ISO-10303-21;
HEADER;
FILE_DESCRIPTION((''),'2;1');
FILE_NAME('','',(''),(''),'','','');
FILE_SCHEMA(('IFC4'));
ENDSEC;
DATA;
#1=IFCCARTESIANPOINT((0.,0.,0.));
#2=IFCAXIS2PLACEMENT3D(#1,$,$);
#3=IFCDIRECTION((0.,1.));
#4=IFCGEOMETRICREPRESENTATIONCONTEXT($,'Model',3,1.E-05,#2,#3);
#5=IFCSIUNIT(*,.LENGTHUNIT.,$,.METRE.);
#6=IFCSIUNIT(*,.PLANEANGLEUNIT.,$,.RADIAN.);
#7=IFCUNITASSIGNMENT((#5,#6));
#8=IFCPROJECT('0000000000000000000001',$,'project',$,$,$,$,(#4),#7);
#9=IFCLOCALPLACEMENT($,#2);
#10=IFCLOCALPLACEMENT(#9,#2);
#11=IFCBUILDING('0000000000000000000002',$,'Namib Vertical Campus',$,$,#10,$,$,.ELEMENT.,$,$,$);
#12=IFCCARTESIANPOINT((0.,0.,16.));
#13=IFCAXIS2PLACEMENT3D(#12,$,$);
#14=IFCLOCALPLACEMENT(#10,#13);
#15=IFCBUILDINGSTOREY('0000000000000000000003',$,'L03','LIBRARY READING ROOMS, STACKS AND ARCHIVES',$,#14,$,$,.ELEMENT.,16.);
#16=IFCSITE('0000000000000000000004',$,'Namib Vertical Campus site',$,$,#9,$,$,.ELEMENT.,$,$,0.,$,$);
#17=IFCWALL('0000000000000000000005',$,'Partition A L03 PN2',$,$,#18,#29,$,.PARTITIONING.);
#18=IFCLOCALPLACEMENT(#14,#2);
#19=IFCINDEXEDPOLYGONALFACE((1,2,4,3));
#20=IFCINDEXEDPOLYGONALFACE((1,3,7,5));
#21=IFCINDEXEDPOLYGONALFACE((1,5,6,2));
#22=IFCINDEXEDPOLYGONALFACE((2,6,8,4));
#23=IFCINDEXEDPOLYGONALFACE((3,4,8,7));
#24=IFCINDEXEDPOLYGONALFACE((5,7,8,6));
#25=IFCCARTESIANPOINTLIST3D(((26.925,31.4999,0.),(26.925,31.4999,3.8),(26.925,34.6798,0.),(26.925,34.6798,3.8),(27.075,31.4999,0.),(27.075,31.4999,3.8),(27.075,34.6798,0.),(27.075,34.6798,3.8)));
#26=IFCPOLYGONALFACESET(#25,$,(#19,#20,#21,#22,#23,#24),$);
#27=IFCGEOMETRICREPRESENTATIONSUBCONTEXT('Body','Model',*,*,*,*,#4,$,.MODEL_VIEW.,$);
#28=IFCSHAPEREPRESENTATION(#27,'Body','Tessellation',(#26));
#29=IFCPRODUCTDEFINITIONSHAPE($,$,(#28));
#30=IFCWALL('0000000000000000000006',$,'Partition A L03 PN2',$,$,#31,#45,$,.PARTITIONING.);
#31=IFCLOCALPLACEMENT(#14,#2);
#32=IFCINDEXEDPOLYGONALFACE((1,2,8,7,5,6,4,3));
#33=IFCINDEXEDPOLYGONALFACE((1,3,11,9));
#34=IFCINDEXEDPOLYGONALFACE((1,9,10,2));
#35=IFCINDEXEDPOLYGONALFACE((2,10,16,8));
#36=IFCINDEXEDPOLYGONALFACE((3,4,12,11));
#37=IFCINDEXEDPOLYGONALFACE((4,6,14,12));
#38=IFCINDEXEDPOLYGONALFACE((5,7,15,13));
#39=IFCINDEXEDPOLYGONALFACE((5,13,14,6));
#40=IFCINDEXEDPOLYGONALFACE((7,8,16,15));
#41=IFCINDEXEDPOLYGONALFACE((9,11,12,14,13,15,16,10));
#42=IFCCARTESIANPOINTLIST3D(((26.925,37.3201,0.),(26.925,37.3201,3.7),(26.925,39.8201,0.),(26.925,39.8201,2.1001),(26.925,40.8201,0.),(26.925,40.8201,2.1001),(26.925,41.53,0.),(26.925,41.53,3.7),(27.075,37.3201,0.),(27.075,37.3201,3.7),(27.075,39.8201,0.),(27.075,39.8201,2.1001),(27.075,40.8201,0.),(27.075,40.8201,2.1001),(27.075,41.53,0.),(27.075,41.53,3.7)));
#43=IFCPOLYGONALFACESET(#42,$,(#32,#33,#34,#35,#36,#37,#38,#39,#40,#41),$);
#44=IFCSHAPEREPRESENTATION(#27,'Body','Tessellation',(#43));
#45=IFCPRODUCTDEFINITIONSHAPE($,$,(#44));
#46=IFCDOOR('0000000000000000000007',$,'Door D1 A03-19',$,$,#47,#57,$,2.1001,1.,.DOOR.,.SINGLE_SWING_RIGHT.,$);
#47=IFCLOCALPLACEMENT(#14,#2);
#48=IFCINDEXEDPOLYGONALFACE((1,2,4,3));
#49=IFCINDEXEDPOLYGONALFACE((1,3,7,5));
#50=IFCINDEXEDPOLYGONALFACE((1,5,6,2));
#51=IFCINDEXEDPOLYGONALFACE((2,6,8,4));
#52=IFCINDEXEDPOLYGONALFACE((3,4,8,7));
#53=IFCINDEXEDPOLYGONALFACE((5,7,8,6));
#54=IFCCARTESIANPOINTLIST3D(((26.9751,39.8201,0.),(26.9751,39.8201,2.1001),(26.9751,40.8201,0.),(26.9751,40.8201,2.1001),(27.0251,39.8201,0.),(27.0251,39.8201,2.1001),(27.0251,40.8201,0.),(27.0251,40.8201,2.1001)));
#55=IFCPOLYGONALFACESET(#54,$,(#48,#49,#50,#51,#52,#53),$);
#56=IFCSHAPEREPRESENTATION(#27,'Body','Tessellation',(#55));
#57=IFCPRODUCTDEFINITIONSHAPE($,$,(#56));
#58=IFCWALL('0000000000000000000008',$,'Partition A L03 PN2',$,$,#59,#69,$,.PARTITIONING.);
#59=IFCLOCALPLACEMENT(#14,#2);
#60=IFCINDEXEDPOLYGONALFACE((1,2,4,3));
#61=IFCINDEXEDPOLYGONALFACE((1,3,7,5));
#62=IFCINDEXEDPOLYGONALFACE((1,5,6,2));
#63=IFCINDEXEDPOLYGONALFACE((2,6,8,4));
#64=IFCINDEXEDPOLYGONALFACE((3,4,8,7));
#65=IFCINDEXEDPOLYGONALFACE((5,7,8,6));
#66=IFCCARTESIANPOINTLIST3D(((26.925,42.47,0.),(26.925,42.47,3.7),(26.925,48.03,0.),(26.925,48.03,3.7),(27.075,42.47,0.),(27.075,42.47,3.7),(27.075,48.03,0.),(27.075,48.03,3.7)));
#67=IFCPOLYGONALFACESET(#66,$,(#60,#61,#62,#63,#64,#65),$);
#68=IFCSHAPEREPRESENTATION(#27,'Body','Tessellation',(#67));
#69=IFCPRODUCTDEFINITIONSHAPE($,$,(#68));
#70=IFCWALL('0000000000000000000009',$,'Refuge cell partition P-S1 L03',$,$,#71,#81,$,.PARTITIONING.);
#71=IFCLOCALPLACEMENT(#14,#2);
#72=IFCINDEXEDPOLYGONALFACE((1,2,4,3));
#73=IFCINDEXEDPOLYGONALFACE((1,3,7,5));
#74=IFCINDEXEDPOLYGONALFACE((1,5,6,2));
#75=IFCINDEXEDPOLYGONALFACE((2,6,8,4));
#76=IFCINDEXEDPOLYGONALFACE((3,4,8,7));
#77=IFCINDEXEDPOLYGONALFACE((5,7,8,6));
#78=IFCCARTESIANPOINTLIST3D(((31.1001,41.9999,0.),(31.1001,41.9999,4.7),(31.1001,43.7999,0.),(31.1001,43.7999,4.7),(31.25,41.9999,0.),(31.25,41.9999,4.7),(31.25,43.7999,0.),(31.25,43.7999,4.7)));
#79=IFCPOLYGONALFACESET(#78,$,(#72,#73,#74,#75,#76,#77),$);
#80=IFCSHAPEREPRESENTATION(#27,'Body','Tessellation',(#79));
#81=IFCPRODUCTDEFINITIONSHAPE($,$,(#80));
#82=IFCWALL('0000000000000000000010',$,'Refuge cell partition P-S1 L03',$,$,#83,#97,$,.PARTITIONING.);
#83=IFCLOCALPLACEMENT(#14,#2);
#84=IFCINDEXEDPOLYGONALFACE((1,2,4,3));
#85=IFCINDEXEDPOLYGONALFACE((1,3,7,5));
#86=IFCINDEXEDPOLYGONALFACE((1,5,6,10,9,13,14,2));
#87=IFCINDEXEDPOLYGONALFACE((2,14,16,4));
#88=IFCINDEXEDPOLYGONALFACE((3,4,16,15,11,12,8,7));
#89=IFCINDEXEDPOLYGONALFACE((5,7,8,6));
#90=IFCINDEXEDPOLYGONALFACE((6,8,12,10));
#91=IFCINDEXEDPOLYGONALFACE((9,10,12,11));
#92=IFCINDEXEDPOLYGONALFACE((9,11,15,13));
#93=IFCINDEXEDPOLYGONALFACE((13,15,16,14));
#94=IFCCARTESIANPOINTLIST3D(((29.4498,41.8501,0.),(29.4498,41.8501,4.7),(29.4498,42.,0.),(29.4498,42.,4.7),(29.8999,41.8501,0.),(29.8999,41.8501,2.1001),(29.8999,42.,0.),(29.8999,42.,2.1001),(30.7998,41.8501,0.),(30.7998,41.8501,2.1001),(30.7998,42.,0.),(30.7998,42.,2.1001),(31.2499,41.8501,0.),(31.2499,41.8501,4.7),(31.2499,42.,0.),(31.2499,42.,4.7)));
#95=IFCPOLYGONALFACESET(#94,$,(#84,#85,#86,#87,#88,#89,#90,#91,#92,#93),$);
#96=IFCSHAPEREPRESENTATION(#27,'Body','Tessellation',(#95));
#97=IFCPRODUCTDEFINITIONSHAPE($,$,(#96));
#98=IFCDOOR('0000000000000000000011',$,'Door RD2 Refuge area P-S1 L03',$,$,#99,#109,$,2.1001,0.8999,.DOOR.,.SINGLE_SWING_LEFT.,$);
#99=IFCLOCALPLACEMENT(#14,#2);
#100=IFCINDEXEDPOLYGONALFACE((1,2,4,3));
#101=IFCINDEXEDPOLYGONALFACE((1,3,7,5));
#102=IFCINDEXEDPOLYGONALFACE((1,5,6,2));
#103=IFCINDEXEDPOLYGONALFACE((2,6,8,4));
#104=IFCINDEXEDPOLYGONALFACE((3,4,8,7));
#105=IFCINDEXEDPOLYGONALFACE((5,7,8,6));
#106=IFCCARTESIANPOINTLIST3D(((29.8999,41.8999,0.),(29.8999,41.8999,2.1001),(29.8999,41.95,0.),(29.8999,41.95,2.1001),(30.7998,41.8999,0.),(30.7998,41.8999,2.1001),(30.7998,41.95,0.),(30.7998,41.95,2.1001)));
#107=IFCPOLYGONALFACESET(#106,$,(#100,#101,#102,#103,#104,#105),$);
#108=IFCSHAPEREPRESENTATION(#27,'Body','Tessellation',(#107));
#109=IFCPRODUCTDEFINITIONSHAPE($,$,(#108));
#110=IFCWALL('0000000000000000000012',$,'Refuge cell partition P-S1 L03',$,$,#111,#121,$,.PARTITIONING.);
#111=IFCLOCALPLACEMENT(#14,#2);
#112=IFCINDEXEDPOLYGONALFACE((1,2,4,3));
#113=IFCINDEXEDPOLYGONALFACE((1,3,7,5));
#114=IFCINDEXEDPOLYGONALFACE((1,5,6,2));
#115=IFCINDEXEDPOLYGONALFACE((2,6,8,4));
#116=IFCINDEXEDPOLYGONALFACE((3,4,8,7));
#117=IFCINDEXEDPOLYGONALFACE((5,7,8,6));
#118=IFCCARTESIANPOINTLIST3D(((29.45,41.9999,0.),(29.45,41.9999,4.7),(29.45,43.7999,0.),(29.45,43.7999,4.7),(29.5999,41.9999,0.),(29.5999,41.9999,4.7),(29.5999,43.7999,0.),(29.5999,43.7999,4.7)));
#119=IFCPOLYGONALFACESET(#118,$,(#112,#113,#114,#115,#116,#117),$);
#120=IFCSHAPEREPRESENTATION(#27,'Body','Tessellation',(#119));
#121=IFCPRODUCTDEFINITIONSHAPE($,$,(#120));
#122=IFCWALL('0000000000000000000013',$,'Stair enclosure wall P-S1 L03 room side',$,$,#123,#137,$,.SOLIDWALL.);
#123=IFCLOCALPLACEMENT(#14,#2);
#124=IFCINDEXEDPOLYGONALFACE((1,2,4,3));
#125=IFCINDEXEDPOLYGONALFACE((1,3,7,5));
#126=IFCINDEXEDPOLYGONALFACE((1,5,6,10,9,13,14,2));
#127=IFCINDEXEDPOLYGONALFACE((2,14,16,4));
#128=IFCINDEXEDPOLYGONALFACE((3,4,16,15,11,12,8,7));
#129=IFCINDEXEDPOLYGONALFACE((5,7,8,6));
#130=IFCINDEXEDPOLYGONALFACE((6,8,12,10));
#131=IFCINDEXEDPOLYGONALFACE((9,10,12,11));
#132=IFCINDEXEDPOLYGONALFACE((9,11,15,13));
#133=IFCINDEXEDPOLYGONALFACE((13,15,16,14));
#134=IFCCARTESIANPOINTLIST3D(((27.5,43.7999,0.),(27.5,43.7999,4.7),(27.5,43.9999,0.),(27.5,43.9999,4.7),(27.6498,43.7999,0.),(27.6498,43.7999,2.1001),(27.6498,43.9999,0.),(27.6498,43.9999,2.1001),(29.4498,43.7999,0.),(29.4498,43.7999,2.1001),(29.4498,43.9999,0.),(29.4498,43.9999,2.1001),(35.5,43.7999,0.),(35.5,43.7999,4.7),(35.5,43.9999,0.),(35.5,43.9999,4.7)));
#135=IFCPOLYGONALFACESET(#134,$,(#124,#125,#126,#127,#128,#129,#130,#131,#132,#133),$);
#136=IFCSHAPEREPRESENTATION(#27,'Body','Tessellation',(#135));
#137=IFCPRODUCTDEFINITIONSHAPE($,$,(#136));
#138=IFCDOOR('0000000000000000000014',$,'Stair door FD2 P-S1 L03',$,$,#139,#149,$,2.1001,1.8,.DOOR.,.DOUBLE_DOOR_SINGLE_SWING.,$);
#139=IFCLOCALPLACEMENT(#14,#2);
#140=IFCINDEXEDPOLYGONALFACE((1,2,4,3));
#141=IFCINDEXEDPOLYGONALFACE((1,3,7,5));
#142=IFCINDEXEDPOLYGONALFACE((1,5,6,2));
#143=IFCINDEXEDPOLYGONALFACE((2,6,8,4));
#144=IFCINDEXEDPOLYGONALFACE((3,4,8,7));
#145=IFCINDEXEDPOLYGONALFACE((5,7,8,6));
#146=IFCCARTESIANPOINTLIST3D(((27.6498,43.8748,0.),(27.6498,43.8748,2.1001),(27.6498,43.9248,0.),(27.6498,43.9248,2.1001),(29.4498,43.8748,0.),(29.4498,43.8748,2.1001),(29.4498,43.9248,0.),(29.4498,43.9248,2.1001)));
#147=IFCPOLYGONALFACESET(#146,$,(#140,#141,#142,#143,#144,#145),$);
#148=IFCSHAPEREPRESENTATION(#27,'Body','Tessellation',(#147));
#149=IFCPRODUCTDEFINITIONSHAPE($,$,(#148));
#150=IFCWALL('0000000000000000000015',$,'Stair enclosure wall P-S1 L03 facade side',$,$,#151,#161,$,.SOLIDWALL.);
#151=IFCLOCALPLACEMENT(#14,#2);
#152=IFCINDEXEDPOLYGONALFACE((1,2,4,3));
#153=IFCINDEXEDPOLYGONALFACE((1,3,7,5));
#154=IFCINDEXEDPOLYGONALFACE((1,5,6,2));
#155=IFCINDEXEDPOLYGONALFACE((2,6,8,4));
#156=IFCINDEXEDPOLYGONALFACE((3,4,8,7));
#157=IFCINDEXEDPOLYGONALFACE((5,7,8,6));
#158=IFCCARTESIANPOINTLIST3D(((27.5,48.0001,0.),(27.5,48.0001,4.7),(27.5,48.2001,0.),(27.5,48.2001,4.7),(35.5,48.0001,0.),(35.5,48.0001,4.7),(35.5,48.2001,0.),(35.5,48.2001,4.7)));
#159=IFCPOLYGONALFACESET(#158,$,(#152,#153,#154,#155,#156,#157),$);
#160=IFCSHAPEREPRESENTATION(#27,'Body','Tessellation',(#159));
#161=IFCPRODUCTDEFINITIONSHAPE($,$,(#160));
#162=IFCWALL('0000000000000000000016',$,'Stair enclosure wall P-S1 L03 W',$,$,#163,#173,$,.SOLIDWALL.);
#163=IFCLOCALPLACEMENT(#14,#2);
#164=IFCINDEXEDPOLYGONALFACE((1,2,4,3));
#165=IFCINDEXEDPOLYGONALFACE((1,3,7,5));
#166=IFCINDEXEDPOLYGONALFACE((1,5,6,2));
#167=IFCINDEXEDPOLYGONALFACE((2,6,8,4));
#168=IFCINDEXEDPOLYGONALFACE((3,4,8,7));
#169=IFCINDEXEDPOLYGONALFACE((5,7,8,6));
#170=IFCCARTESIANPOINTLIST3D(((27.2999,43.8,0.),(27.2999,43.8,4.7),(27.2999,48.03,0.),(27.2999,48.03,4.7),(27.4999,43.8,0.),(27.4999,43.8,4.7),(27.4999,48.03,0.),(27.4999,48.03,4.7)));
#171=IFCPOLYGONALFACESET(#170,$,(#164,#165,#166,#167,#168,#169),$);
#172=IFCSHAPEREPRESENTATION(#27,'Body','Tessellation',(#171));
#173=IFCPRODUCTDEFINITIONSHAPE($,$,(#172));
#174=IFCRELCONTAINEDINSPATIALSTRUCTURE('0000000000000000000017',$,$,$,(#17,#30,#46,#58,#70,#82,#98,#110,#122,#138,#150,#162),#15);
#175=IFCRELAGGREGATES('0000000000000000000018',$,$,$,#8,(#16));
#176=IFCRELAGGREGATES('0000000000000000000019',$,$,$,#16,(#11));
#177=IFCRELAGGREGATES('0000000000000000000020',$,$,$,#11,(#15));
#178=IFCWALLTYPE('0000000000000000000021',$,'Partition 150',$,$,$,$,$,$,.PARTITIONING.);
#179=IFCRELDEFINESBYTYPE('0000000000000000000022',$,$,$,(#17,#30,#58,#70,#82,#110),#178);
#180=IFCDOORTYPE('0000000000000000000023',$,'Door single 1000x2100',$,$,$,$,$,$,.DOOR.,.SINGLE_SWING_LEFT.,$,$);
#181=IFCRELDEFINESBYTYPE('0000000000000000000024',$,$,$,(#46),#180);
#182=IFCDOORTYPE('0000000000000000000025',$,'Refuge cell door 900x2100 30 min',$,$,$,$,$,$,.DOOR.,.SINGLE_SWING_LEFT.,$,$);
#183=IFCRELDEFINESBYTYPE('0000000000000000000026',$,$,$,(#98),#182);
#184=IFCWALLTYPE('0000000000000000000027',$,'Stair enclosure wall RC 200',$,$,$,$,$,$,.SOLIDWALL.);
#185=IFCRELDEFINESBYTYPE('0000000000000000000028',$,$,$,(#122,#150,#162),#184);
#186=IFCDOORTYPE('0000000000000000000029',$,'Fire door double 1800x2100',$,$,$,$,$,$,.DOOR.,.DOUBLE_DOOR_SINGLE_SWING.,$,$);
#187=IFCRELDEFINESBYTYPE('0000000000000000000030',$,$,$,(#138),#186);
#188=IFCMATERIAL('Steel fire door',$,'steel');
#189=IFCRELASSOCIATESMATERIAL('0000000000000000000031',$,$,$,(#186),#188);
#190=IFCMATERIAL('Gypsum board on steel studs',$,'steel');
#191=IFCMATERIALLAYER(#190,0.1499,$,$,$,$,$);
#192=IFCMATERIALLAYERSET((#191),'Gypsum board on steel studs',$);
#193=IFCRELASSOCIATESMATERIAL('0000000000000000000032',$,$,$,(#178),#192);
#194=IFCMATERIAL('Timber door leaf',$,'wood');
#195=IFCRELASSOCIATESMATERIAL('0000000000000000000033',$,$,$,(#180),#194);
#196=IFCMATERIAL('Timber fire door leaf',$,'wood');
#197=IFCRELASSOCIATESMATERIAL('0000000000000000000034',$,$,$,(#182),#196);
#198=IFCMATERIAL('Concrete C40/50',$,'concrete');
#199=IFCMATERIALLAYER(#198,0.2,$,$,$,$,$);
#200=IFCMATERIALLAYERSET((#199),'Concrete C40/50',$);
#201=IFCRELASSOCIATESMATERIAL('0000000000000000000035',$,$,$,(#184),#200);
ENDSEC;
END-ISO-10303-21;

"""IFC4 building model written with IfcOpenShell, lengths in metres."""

from ifc_helpers import new_model, si_unit, direction, frame, frame_2d, origin, place, context, subcontext, project, spatial, rectangle, extrude, material, layer, layer_set, type_object, element, fill, save


model = new_model("IFC4")

# Units and contexts
model_context = context("Model", 3, precision=1e-05, world=origin(), true_north=direction((0.0, 1.0)))
body_context = subcontext(model_context, "Body", "Model", "MODEL_VIEW")
ifc_project = project(units=[si_unit("LENGTHUNIT", "METRE"), si_unit("PLANEANGLEUNIT", "RADIAN")], contexts=[model_context])

# Site, building, storey
site_placement = place(None, origin())
site = spatial("IfcSite", under=ifc_project, at=site_placement, Name="Namib Vertical Campus site", CompositionType="ELEMENT", RefElevation=0.0)
building_placement = place(site_placement, origin())
building = spatial("IfcBuilding", under=site, at=building_placement, Name="Namib Vertical Campus", CompositionType="ELEMENT")
storey_placement = place(building_placement, frame((0.0, 0.0, 16.0)))
storey = spatial("IfcBuildingStorey", under=building, at=storey_placement, Name="L03", Description="LIBRARY READING ROOMS, STACKS AND ARCHIVES", CompositionType="ELEMENT", Elevation=16.0)

# Shared definitions
ifc_material_1 = material(Name="Steel fire door", Category="steel")
door_type_1 = type_object("IfcDoorType", Name="Fire door double 1800x2100", OperationType="DOUBLE_DOOR_SINGLE_SWING", PredefinedType="DOOR", material=ifc_material_1)

# Wall
ifc_material_2 = material(Name="Gypsum board on steel studs", Category="steel")
ifc_layer_1 = layer(ifc_material_2, 0.1499)
ifc_layer_set_1 = layer_set([ifc_layer_1], Name="Gypsum board on steel studs")
wall_type_1 = type_object("IfcWallType", Name="Partition 150", PredefinedType="PARTITIONING", material=ifc_layer_set_1)
wall_1_placement = place(storey_placement, frame((27.0, 31.5, 0.0), z_axis=(0.0, 0.0, 1.0), x_axis=(0.0, 1.0, 0.0)))
element("IfcWall", 1, at=wall_1_placement, inside=storey, type_object=wall_type_1, Name="Partition A L03 PN2", PredefinedType="PARTITIONING", context=body_context, shape_type="SweptSolid", body=[
    extrude(rectangle(XDim=3.1799, YDim=0.1499, at=frame_2d((1.5898, 0.0))), origin(), (0.0, 0.0, 1.0), 3.8),
])

# Wall, opening, door
wall_2_placement = place(storey_placement, frame((27.0, 37.3201, 0.0), z_axis=(0.0, 0.0, 1.0), x_axis=(0.0, 1.0, 0.0)))
wall_2 = element("IfcWall", 2, at=wall_2_placement, inside=storey, type_object=wall_type_1, Name="Partition A L03 PN2", PredefinedType="PARTITIONING", context=body_context, shape_type="SweptSolid", body=[
    extrude(rectangle(XDim=4.21, YDim=0.1499, at=frame_2d((2.105, 0.0))), origin(), (0.0, 0.0, 1.0), 3.7),
])
opening_1_placement = place(wall_2_placement, frame((2.5, 0.0, 0.0)))
opening_1 = element("IfcOpeningElement", 3, at=opening_1_placement, cuts=wall_2, PredefinedType="OPENING", context=body_context, shape_type="SweptSolid", body=[
    extrude(rectangle(XDim=1.0, YDim=2.1001, at=frame_2d((0.5, 1.05))), frame((0.0, 0.085, 0.0), z_axis=(0.0, -1.0, 0.0), x_axis=(1.0, 0.0, 0.0)), (0.0, 0.0, 1.0), 0.1699),
])
ifc_material_3 = material(Name="Timber door leaf", Category="wood")
door_type_2 = type_object("IfcDoorType", Name="Door single 1000x2100", OperationType="SINGLE_SWING_LEFT", PredefinedType="DOOR", material=ifc_material_3)
door_1_placement = place(opening_1_placement, origin())
door_1 = element("IfcDoor", 4, at=door_1_placement, inside=storey, type_object=door_type_2, Name="Door D1 A03-19", OperationType="SINGLE_SWING_RIGHT", OverallHeight=2.1001, OverallWidth=1.0, PredefinedType="DOOR", context=body_context, shape_type="SweptSolid", body=[
    extrude(rectangle(XDim=1.0, YDim=2.1001, at=frame_2d((0.5, 1.05))), frame((0.0, 0.0249, 0.0), z_axis=(0.0, -1.0, 0.0), x_axis=(1.0, 0.0, 0.0)), (0.0, 0.0, 1.0), 0.05),
])
fill(opening_1, door_1)

# Walls
wall_3_placement = place(storey_placement, frame((27.0, 42.47, 0.0), z_axis=(0.0, 0.0, 1.0), x_axis=(0.0, 1.0, 0.0)))
element("IfcWall", 5, at=wall_3_placement, inside=storey, type_object=wall_type_1, Name="Partition A L03 PN2", PredefinedType="PARTITIONING", context=body_context, shape_type="SweptSolid", body=[
    extrude(rectangle(XDim=5.5601, YDim=0.1499, at=frame_2d((2.78, 0.0))), origin(), (0.0, 0.0, 1.0), 3.7),
])
wall_4_placement = place(storey_placement, frame((31.175, 42.0, 0.0), z_axis=(0.0, 0.0, 1.0), x_axis=(0.0, 1.0, 0.0)))
element("IfcWall", 6, at=wall_4_placement, inside=storey, type_object=wall_type_1, Name="Refuge cell partition P-S1 L03", PredefinedType="PARTITIONING", context=body_context, shape_type="SweptSolid", body=[
    extrude(rectangle(XDim=1.8, YDim=0.1499, at=frame_2d((0.8999, 0.0))), origin(), (0.0, 0.0, 1.0), 4.7),
])

# Wall, opening, door
wall_5_placement = place(storey_placement, frame((29.45, 41.925, 0.0), z_axis=(0.0, 0.0, 1.0), x_axis=(1.0, 0.0, 0.0)))
wall_5 = element("IfcWall", 7, at=wall_5_placement, inside=storey, type_object=wall_type_1, Name="Refuge cell partition P-S1 L03", PredefinedType="PARTITIONING", context=body_context, shape_type="SweptSolid", body=[
    extrude(rectangle(XDim=1.8, YDim=0.1499, at=frame_2d((0.8999, 0.0))), origin(), (0.0, 0.0, 1.0), 4.7),
])
opening_2_placement = place(wall_5_placement, frame((0.45, 0.0, 0.0)))
opening_2 = element("IfcOpeningElement", 8, at=opening_2_placement, cuts=wall_5, PredefinedType="OPENING", context=body_context, shape_type="SweptSolid", body=[
    extrude(rectangle(XDim=0.8999, YDim=2.1001, at=frame_2d((0.45, 1.05))), frame((0.0, 0.085, 0.0), z_axis=(0.0, -1.0, 0.0), x_axis=(1.0, 0.0, 0.0)), (0.0, 0.0, 1.0), 0.1699),
])
ifc_material_4 = material(Name="Timber fire door leaf", Category="wood")
door_type_3 = type_object("IfcDoorType", Name="Refuge cell door 900x2100 30 min", OperationType="SINGLE_SWING_LEFT", PredefinedType="DOOR", material=ifc_material_4)
door_2_placement = place(opening_2_placement, origin())
door_2 = element("IfcDoor", 9, at=door_2_placement, inside=storey, type_object=door_type_3, Name="Door RD2 Refuge area P-S1 L03", OperationType="SINGLE_SWING_LEFT", OverallHeight=2.1001, OverallWidth=0.8999, PredefinedType="DOOR", context=body_context, shape_type="SweptSolid", body=[
    extrude(rectangle(XDim=0.8999, YDim=2.1001, at=frame_2d((0.45, 1.05))), frame((0.0, 0.0249, 0.0), z_axis=(0.0, -1.0, 0.0), x_axis=(1.0, 0.0, 0.0)), (0.0, 0.0, 1.0), 0.05),
])
fill(opening_2, door_2)

# Wall
wall_6_placement = place(storey_placement, frame((29.5249, 42.0, 0.0), z_axis=(0.0, 0.0, 1.0), x_axis=(0.0, 1.0, 0.0)))
element("IfcWall", 10, at=wall_6_placement, inside=storey, type_object=wall_type_1, Name="Refuge cell partition P-S1 L03", PredefinedType="PARTITIONING", context=body_context, shape_type="SweptSolid", body=[
    extrude(rectangle(XDim=1.8, YDim=0.1499, at=frame_2d((0.8999, 0.0))), origin(), (0.0, 0.0, 1.0), 4.7),
])

# Wall, opening, door
ifc_material_5 = material(Name="Concrete C40/50", Category="concrete")
ifc_layer_2 = layer(ifc_material_5, 0.2)
ifc_layer_set_2 = layer_set([ifc_layer_2], Name="Concrete C40/50")
wall_type_2 = type_object("IfcWallType", Name="Stair enclosure wall RC 200", PredefinedType="SOLIDWALL", material=ifc_layer_set_2)
wall_7_placement = place(storey_placement, frame((27.5, 43.8999, 0.0), z_axis=(0.0, 0.0, 1.0), x_axis=(1.0, 0.0, 0.0)))
wall_7 = element("IfcWall", 11, at=wall_7_placement, inside=storey, type_object=wall_type_2, Name="Stair enclosure wall P-S1 L03 room side", PredefinedType="SOLIDWALL", context=body_context, shape_type="SweptSolid", body=[
    extrude(rectangle(XDim=8.0, YDim=0.2, at=frame_2d((4.0, 0.0))), origin(), (0.0, 0.0, 1.0), 4.7),
])
opening_3_placement = place(wall_7_placement, frame((0.1499, 0.0, 0.0)))
opening_3 = element("IfcOpeningElement", 12, at=opening_3_placement, cuts=wall_7, PredefinedType="OPENING", context=body_context, shape_type="SweptSolid", body=[
    extrude(rectangle(XDim=1.8, YDim=2.1001, at=frame_2d((0.8999, 1.05))), frame((0.0, 0.1099, 0.0), z_axis=(0.0, -1.0, 0.0), x_axis=(1.0, 0.0, 0.0)), (0.0, 0.0, 1.0), 0.22),
])
door_3_placement = place(opening_3_placement, origin())
door_3 = element("IfcDoor", 13, at=door_3_placement, inside=storey, type_object=door_type_1, Name="Stair door FD2 P-S1 L03", OperationType="DOUBLE_DOOR_SINGLE_SWING", OverallHeight=2.1001, OverallWidth=1.8, PredefinedType="DOOR", context=body_context, shape_type="SweptSolid", body=[
    extrude(rectangle(XDim=1.8, YDim=2.1001, at=frame_2d((0.8999, 1.05))), frame((0.0, 0.0249, 0.0), z_axis=(0.0, -1.0, 0.0), x_axis=(1.0, 0.0, 0.0)), (0.0, 0.0, 1.0), 0.05),
])
fill(opening_3, door_3)

# Walls
wall_8_placement = place(storey_placement, frame((27.5, 48.1001, 0.0), z_axis=(0.0, 0.0, 1.0), x_axis=(1.0, 0.0, 0.0)))
element("IfcWall", 14, at=wall_8_placement, inside=storey, type_object=wall_type_2, Name="Stair enclosure wall P-S1 L03 facade side", PredefinedType="SOLIDWALL", context=body_context, shape_type="SweptSolid", body=[
    extrude(rectangle(XDim=8.0, YDim=0.2, at=frame_2d((4.0, 0.0))), origin(), (0.0, 0.0, 1.0), 4.7),
])
for number, where, z_axis, x_axis, name in (
    (15, (27.3999, 43.8, 0.0), (0.0, 0.0, 1.0), (0.0, 1.0, 0.0), "Stair enclosure wall P-S1 L03 W"),
):
    element("IfcWall", number, at=place(storey_placement, frame(where, z_axis=z_axis, x_axis=x_axis)), inside=storey, type_object=wall_type_2, Name=name, PredefinedType="SOLIDWALL", context=body_context, shape_type="SweptSolid", body=[
        extrude(rectangle(XDim=4.23, YDim=0.2, at=frame_2d((2.115, 0.0))), origin(), (0.0, 0.0, 1.0), 4.7),
    ])

save(model, "model.ifc")
